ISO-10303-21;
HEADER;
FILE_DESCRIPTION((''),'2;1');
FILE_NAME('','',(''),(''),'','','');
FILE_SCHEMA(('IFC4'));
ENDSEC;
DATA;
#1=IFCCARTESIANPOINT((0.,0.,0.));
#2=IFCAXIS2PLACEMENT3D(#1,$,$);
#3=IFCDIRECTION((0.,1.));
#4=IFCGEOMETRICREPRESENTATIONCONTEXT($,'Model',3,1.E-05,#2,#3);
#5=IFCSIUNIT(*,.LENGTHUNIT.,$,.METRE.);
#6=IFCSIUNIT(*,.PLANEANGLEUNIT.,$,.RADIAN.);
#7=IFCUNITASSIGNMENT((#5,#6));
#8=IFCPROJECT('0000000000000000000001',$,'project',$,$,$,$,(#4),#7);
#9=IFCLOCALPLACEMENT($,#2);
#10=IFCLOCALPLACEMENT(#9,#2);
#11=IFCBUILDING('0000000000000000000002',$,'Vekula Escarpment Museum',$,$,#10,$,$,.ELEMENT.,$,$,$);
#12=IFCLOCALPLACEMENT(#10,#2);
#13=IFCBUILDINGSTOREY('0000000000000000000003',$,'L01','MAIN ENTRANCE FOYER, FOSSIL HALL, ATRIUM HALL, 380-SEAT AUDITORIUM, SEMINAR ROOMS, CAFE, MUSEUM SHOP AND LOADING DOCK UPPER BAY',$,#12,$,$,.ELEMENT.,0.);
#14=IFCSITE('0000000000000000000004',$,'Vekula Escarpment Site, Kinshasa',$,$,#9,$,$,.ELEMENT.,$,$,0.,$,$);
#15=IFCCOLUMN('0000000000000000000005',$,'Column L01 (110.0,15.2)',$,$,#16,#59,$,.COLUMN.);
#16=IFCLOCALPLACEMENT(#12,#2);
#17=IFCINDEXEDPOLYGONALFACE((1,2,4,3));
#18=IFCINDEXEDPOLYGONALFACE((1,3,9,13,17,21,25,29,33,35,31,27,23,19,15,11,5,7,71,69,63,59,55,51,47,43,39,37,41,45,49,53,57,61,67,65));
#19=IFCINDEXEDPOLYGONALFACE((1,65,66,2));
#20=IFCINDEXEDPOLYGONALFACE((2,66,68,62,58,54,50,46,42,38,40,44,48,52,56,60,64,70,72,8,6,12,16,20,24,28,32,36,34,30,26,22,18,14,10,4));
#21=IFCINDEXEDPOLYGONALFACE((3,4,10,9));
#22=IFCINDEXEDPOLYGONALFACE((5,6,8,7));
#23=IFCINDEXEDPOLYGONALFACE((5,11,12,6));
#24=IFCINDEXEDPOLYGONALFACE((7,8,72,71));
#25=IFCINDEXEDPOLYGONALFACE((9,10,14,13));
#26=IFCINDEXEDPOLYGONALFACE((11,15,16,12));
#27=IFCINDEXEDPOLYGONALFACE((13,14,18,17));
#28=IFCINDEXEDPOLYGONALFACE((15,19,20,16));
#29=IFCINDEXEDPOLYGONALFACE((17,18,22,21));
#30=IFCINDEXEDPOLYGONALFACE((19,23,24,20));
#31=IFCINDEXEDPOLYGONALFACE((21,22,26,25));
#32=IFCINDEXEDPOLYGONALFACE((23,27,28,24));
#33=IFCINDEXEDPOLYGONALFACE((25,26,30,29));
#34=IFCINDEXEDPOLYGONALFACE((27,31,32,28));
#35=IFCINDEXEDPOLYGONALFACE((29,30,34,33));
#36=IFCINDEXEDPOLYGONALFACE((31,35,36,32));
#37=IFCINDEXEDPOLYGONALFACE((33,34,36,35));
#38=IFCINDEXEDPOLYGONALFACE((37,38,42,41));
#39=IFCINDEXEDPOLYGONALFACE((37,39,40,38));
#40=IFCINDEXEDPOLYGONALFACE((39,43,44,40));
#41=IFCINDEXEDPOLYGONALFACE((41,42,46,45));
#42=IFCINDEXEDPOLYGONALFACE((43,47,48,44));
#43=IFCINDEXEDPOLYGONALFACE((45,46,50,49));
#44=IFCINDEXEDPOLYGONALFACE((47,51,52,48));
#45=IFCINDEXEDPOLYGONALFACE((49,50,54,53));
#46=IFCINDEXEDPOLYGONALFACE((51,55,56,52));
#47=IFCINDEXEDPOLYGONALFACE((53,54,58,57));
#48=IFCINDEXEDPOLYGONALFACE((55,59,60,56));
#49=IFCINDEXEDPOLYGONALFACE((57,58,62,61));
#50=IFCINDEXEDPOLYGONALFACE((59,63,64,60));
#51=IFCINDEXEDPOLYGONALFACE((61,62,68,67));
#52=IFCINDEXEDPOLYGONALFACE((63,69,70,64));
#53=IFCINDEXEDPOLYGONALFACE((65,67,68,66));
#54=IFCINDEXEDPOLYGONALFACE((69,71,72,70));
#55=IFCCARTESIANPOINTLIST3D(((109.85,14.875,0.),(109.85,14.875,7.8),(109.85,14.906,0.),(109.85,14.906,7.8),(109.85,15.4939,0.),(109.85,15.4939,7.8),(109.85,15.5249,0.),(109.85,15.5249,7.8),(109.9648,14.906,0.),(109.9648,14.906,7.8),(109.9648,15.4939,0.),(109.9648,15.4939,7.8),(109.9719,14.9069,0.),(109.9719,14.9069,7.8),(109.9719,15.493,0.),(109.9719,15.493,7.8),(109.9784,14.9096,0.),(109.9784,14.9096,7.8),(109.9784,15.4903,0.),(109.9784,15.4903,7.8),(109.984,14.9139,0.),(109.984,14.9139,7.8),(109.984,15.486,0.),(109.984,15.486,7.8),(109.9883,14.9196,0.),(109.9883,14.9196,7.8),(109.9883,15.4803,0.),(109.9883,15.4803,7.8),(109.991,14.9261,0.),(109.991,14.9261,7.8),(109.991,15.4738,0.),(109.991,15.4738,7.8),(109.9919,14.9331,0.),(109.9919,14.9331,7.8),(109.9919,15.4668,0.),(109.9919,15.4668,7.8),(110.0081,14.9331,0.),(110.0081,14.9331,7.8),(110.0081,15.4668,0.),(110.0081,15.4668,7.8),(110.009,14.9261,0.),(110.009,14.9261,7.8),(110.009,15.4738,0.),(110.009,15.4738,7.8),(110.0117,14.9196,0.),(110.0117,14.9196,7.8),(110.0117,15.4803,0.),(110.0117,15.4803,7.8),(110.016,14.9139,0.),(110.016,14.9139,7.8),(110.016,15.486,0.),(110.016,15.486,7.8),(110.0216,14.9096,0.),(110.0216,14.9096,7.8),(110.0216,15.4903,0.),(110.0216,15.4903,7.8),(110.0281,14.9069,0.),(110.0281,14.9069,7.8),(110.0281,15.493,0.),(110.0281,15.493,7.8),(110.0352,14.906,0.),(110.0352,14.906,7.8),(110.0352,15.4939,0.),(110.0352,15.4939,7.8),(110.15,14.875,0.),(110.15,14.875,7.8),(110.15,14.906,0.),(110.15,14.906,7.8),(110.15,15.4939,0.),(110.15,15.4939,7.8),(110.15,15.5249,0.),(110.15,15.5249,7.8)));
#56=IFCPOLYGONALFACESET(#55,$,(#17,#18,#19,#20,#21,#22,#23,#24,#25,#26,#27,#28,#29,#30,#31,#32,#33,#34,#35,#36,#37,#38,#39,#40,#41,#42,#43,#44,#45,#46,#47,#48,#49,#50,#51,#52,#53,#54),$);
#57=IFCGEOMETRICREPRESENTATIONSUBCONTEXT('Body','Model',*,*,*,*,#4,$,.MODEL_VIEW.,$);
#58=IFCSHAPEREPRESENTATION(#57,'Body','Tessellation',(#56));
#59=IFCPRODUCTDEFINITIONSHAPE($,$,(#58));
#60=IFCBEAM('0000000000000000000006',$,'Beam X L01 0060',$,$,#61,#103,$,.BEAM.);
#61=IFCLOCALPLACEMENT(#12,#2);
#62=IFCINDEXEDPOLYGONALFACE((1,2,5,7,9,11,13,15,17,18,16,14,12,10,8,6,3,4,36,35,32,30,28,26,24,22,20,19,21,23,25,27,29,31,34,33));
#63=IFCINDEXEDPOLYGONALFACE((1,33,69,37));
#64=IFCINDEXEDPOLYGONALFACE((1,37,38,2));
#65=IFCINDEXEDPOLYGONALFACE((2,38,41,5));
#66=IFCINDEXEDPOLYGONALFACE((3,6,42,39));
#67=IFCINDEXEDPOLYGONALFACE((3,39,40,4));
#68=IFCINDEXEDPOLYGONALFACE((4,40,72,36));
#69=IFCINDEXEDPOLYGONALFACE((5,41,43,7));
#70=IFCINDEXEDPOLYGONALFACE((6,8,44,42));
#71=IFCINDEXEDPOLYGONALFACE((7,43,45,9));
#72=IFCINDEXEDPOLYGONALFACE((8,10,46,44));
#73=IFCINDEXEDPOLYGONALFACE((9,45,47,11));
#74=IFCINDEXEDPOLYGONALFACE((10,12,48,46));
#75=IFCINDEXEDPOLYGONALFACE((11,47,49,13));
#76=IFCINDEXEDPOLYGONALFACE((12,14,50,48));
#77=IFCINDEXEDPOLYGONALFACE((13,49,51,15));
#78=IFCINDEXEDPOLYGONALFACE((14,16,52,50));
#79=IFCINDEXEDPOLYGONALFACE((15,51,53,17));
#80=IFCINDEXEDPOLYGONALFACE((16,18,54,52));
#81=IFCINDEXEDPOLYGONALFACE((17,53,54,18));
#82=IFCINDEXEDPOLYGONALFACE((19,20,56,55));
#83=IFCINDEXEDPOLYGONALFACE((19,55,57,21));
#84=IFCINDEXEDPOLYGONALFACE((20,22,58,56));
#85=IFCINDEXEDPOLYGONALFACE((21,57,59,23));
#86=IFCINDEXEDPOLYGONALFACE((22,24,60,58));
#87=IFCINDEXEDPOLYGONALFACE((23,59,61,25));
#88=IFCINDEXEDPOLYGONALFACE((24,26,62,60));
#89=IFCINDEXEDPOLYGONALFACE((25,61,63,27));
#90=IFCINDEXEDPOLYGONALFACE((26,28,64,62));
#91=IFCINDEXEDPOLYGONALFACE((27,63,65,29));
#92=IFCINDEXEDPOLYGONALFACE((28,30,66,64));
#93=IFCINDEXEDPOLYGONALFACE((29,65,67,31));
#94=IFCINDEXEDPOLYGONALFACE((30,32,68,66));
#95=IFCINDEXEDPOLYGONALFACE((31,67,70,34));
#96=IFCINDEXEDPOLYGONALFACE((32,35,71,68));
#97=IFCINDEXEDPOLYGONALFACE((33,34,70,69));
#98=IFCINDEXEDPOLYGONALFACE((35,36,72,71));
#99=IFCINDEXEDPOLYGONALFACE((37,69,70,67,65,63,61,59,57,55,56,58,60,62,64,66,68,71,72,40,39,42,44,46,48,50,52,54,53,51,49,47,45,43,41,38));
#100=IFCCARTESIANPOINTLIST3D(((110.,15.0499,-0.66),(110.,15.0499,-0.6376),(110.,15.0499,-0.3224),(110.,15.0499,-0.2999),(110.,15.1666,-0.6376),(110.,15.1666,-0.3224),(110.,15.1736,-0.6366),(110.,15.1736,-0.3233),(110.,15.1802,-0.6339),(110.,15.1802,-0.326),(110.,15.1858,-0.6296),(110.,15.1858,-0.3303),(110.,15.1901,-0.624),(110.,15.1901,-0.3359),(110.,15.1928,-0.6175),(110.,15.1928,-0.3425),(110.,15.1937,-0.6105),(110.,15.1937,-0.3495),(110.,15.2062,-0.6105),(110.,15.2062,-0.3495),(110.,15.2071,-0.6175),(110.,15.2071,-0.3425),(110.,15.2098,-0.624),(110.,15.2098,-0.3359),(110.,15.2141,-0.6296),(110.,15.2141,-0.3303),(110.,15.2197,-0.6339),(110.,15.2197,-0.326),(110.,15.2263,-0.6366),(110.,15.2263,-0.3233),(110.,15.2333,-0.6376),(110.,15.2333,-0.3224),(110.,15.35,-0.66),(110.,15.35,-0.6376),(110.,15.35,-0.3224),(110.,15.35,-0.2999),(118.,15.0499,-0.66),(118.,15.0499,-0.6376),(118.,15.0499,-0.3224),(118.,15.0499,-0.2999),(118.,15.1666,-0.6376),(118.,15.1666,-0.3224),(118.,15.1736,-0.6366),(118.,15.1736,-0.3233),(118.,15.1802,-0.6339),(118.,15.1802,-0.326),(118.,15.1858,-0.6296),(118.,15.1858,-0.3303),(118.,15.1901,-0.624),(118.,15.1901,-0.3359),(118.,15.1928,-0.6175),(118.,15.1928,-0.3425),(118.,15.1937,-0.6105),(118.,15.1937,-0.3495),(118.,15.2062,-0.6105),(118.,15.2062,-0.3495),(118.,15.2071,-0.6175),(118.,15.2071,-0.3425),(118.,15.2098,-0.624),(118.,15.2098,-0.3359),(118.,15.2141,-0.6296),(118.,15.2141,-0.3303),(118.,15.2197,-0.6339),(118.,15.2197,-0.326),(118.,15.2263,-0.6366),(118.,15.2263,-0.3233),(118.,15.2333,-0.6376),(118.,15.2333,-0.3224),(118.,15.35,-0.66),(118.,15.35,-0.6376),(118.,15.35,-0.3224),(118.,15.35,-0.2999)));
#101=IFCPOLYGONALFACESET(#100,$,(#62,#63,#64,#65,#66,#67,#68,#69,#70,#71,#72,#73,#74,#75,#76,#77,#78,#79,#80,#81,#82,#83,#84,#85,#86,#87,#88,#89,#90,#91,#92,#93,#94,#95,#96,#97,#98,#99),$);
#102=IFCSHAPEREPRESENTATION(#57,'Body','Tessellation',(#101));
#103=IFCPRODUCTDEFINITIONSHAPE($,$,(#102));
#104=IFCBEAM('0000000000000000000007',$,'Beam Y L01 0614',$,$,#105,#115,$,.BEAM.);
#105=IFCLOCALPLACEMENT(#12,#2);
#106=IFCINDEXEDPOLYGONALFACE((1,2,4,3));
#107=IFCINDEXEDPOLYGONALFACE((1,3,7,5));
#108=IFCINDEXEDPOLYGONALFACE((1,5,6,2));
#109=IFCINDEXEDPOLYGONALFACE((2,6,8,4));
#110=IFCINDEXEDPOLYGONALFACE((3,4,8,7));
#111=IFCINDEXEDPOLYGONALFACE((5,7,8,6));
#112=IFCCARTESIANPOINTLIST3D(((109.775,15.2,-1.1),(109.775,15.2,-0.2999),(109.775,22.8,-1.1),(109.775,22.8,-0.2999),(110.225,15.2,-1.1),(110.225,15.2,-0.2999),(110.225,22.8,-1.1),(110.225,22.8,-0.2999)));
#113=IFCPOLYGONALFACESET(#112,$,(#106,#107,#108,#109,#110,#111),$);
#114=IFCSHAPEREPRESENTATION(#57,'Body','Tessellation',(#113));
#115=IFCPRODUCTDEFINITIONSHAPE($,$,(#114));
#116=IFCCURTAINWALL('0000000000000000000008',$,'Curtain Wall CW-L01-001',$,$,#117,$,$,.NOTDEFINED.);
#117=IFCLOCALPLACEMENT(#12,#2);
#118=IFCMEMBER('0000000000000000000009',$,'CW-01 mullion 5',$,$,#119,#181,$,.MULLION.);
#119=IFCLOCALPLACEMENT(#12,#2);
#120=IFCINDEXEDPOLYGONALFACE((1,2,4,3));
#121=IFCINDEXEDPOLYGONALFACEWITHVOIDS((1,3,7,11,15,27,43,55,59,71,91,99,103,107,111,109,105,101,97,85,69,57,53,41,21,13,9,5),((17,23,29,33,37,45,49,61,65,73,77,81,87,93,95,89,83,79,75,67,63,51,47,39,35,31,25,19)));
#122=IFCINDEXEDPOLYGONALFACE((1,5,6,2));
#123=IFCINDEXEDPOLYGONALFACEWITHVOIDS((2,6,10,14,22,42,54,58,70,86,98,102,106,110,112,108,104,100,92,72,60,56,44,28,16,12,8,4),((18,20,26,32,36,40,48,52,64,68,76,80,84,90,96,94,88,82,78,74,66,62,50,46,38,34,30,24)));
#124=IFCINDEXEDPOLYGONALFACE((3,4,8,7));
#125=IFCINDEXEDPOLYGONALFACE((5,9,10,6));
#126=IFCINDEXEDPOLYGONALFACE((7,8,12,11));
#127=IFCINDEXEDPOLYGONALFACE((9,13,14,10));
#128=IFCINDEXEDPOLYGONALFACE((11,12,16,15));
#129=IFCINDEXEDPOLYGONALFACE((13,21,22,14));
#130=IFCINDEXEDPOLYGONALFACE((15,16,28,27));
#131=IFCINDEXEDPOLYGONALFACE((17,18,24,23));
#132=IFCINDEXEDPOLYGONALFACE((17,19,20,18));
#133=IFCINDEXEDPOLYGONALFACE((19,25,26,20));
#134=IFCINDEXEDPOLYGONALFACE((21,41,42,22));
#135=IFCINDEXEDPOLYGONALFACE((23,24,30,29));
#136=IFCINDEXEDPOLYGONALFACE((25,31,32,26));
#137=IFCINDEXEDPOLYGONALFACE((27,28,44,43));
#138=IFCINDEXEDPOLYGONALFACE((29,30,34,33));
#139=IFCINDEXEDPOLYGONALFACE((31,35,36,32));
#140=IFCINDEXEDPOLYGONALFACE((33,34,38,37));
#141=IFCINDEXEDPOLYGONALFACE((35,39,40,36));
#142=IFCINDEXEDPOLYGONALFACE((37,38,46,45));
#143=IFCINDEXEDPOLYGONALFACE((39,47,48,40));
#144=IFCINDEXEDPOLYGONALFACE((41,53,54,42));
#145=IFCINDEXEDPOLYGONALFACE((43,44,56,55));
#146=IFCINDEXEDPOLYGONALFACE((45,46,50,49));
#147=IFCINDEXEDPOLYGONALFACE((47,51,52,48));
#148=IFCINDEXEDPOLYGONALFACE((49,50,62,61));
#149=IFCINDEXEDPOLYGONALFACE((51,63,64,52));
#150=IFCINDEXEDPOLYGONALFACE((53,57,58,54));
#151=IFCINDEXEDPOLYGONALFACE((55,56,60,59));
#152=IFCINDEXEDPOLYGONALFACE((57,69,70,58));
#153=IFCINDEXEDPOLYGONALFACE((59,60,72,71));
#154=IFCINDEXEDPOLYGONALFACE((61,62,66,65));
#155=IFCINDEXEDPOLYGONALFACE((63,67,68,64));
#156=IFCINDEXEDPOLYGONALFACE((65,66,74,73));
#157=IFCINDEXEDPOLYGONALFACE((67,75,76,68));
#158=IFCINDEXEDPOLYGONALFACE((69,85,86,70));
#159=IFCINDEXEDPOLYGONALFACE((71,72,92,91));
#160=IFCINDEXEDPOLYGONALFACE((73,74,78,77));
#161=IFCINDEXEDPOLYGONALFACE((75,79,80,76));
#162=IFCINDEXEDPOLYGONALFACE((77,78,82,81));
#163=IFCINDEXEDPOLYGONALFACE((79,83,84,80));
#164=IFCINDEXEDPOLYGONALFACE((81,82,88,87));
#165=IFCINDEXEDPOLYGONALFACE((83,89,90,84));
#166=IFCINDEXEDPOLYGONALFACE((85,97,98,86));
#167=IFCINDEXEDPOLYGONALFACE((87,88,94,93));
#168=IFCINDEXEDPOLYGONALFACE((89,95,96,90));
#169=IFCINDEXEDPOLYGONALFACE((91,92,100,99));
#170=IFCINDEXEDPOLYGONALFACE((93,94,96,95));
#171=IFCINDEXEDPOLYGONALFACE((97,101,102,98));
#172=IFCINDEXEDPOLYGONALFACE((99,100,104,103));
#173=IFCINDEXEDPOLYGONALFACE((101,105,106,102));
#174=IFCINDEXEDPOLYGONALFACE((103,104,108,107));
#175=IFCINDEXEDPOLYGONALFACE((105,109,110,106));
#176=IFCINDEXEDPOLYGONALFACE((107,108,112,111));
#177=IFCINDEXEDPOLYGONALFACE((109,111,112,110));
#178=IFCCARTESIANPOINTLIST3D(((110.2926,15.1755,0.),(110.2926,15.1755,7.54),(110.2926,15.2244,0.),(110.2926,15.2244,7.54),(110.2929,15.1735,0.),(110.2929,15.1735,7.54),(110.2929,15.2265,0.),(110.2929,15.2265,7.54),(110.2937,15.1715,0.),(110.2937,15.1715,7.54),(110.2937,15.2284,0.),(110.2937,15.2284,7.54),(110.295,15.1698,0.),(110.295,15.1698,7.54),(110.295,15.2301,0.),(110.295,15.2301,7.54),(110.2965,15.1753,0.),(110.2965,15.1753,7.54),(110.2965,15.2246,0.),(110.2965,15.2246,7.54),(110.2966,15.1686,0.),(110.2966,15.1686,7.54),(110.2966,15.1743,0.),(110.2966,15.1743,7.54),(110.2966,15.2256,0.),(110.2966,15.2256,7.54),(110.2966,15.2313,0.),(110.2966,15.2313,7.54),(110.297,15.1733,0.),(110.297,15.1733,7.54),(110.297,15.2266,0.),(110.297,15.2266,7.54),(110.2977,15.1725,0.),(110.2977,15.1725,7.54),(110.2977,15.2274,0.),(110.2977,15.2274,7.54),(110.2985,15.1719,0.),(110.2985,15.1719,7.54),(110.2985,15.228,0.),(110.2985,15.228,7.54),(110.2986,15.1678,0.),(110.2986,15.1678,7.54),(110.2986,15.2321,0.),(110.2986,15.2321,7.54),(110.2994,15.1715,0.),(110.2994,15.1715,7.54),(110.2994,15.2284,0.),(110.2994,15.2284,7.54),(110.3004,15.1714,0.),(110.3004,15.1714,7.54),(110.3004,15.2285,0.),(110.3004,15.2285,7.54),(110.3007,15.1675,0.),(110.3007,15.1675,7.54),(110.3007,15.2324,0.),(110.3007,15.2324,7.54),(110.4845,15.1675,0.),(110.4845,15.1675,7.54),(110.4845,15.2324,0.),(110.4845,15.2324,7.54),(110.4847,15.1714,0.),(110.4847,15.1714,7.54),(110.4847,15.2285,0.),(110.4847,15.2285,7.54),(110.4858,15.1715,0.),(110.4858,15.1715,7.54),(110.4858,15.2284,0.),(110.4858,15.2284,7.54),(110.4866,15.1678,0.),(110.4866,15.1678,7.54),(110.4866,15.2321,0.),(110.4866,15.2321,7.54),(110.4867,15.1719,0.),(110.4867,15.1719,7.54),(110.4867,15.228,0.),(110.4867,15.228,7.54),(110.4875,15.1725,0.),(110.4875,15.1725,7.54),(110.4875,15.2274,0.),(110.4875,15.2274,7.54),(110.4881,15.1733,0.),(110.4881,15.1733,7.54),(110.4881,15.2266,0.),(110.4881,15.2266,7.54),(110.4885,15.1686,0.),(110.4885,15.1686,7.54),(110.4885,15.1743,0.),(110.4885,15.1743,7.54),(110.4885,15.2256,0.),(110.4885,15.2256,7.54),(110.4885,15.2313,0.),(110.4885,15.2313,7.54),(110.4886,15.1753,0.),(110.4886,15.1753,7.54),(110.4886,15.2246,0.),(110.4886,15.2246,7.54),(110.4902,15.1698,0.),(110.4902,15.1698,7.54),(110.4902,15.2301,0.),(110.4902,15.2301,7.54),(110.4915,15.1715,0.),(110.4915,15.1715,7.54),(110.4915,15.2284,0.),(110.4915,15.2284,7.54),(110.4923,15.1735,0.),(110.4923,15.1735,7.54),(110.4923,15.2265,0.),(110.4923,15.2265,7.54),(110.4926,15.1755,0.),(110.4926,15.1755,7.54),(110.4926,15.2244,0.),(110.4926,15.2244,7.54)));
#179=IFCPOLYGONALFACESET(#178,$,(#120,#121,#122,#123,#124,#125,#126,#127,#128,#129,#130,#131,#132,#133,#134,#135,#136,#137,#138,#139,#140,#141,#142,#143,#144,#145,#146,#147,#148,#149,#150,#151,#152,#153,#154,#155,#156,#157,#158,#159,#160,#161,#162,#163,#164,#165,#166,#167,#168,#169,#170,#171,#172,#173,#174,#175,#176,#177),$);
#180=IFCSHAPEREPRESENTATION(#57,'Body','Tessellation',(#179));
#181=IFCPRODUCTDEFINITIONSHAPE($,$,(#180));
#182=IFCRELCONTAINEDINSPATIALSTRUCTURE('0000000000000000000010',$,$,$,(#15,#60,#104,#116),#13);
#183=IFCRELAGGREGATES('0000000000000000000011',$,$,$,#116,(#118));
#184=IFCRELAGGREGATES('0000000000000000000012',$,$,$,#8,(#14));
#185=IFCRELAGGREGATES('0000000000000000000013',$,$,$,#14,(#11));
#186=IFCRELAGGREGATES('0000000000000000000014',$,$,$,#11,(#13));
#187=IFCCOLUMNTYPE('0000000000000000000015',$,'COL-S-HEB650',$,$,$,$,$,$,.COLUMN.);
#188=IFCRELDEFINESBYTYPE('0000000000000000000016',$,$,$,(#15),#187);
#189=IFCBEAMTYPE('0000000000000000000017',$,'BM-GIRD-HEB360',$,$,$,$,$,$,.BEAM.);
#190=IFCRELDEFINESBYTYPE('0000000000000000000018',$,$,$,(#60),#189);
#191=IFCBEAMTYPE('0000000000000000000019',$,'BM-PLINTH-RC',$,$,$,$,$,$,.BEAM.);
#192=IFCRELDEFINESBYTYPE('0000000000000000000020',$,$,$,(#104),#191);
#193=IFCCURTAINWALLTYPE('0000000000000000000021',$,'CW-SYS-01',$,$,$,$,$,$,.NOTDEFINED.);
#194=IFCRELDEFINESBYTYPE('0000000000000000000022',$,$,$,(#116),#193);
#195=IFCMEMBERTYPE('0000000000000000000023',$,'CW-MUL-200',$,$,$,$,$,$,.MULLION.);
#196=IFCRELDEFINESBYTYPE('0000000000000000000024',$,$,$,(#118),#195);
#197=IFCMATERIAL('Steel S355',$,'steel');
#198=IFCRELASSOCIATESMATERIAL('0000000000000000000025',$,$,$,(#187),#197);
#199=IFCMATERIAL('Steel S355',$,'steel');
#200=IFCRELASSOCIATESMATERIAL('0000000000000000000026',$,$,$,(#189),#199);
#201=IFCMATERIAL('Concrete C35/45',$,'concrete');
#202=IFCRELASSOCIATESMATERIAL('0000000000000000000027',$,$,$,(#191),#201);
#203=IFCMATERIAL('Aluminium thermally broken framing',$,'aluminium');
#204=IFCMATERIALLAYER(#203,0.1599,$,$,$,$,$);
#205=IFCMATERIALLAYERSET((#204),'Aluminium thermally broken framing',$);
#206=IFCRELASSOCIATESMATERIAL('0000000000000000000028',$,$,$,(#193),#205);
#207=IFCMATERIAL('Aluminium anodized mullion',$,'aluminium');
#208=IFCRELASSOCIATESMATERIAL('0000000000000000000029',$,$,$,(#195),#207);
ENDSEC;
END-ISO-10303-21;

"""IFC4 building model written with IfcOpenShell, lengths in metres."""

from ifc_helpers import new_model, si_unit, direction, frame, origin, origin_2d, place, context, subcontext, project, spatial, rectangle, hollow_rectangle, i_section, extrude, material, layer, layer_set, material_profile, profile_set, type_object, element, aggregate, save


model = new_model("IFC4")

# Units and contexts
model_context = context("Model", 3, precision=1e-05, world=origin(), true_north=direction((0.0, 1.0)))
body_context = subcontext(model_context, "Body", "Model", "MODEL_VIEW")
ifc_project = project(units=[si_unit("LENGTHUNIT", "METRE"), si_unit("PLANEANGLEUNIT", "RADIAN")], contexts=[model_context])

# Site, building, storey
site_placement = place(None, origin())
site = spatial("IfcSite", under=ifc_project, at=site_placement, Name="Vekula Escarpment Site, Kinshasa", CompositionType="ELEMENT", RefElevation=0.0)
building_placement = place(site_placement, origin())
building = spatial("IfcBuilding", under=site, at=building_placement, Name="Vekula Escarpment Museum", CompositionType="ELEMENT")
storey_placement = place(building_placement, origin())
storey = spatial("IfcBuildingStorey", under=building, at=storey_placement, Name="L01", Description="MAIN ENTRANCE FOYER, FOSSIL HALL, ATRIUM HALL, 380-SEAT AUDITORIUM, SEMINAR ROOMS, CAFE, MUSEUM SHOP AND LOADING DOCK UPPER BAY", CompositionType="ELEMENT", Elevation=0.0)

# Column
ifc_material_1 = material(Name="Steel S355", Category="steel")
ifc_material_profile_1 = material_profile(ifc_material_1, i_section(OverallWidth=0.3, OverallDepth=0.6499, WebThickness=0.0161, FlangeThickness=0.031, FilletRadius=0.0271, at=origin_2d()), Name="HEB 650")
ifc_profile_set_1 = profile_set([ifc_material_profile_1], Name="Steel S355")
column_type = type_object("IfcColumnType", Name="COL-S-HEB650", PredefinedType="COLUMN", material=ifc_profile_set_1)
column_placement = place(storey_placement, frame((110.0, 15.2, 0.0), z_axis=(0.0, 0.0, 1.0), x_axis=(1.0, 0.0, 0.0)))
element("IfcColumn", 1, at=column_placement, inside=storey, type_object=column_type, Name="Column L01 (110.0,15.2)", PredefinedType="COLUMN", context=body_context, shape_type="SweptSolid", body=[
    extrude(i_section(OverallWidth=0.3, OverallDepth=0.6499, WebThickness=0.0161, FlangeThickness=0.031, FilletRadius=0.0271, at=origin_2d()), origin(), (0.0, 0.0, 1.0), 7.8),
])

# Beams
ifc_material_2 = material(Name="Steel S355", Category="steel")
ifc_material_profile_2 = material_profile(ifc_material_2, i_section(OverallWidth=0.3, OverallDepth=0.3601, WebThickness=0.0125, FlangeThickness=0.0225, FilletRadius=0.0271, at=origin_2d()), Name="HEB 360")
ifc_profile_set_2 = profile_set([ifc_material_profile_2], Name="Steel S355")
beam_type_1 = type_object("IfcBeamType", Name="BM-GIRD-HEB360", PredefinedType="BEAM", material=ifc_profile_set_2)
beam_1_placement = place(storey_placement, frame((110.0, 15.2, -0.48), z_axis=(1.0, 0.0, 0.0), x_axis=(0.0, 1.0, 0.0)))
element("IfcBeam", 2, at=beam_1_placement, inside=storey, type_object=beam_type_1, Name="Beam X L01 0060", PredefinedType="BEAM", context=body_context, shape_type="SweptSolid", body=[
    extrude(i_section(OverallWidth=0.3, OverallDepth=0.3601, WebThickness=0.0125, FlangeThickness=0.0225, FilletRadius=0.0271, at=origin_2d()), origin(), (0.0, 0.0, 1.0), 8.0),
])
ifc_material_3 = material(Name="Concrete C35/45", Category="concrete")
ifc_material_profile_3 = material_profile(ifc_material_3, rectangle(XDim=0.45, YDim=0.8, at=origin_2d()), Name="RC 450x800")
ifc_profile_set_3 = profile_set([ifc_material_profile_3], Name="Concrete C35/45")
beam_type_2 = type_object("IfcBeamType", Name="BM-PLINTH-RC", PredefinedType="BEAM", material=ifc_profile_set_3)
beam_2_placement = place(storey_placement, frame((110.0, 15.2, -0.7), z_axis=(0.0, 1.0, 0.0), x_axis=(-1.0, 0.0, 0.0)))
element("IfcBeam", 3, at=beam_2_placement, inside=storey, type_object=beam_type_2, Name="Beam Y L01 0614", PredefinedType="BEAM", context=body_context, shape_type="SweptSolid", body=[
    extrude(rectangle(XDim=0.45, YDim=0.8, at=origin_2d()), origin(), (0.0, 0.0, 1.0), 7.6001),
])

# Curtain wall, member
ifc_material_4 = material(Name="Aluminium thermally broken framing", Category="aluminium")
ifc_layer_1 = layer(ifc_material_4, 0.1599)
ifc_layer_set_1 = layer_set([ifc_layer_1], Name="Aluminium thermally broken framing")
curtain_wall_type_1 = type_object("IfcCurtainWallType", Name="CW-SYS-01", PredefinedType="NOTDEFINED", material=ifc_layer_set_1)
curtain_wall_1_placement = place(storey_placement, origin())
curtain_wall_1 = element("IfcCurtainWall", 4, at=curtain_wall_1_placement, inside=storey, type_object=curtain_wall_type_1, Name="Curtain Wall CW-L01-001", PredefinedType="NOTDEFINED")
ifc_material_5 = material(Name="Aluminium anodized mullion", Category="aluminium")
ifc_material_profile_4 = material_profile(ifc_material_5, hollow_rectangle(XDim=0.0649, YDim=0.2, WallThickness=0.0039, InnerFilletRadius=0.0039, OuterFilletRadius=0.0081, at=origin_2d()), Name="ALU 200x65x4")
ifc_profile_set_4 = profile_set([ifc_material_profile_4], Name="Aluminium anodized mullion")
member_type_1 = type_object("IfcMemberType", Name="CW-MUL-200", PredefinedType="MULLION", material=ifc_profile_set_4)
member_1_placement = place(storey_placement, frame((110.3926, 15.2, 0.0), z_axis=(0.0, 0.0, 1.0), x_axis=(0.0, -1.0, 0.0)))
member_1 = element("IfcMember", 5, at=member_1_placement, type_object=member_type_1, Name="CW-01 mullion 5", PredefinedType="MULLION", context=body_context, shape_type="SweptSolid", body=[
    extrude(hollow_rectangle(XDim=0.0649, YDim=0.2, WallThickness=0.0039, InnerFilletRadius=0.0039, OuterFilletRadius=0.0081, at=origin_2d()), origin(), (0.0, 0.0, 1.0), 7.54),
])

aggregate(curtain_wall_1, [member_1])

save(model, "model.ifc")
